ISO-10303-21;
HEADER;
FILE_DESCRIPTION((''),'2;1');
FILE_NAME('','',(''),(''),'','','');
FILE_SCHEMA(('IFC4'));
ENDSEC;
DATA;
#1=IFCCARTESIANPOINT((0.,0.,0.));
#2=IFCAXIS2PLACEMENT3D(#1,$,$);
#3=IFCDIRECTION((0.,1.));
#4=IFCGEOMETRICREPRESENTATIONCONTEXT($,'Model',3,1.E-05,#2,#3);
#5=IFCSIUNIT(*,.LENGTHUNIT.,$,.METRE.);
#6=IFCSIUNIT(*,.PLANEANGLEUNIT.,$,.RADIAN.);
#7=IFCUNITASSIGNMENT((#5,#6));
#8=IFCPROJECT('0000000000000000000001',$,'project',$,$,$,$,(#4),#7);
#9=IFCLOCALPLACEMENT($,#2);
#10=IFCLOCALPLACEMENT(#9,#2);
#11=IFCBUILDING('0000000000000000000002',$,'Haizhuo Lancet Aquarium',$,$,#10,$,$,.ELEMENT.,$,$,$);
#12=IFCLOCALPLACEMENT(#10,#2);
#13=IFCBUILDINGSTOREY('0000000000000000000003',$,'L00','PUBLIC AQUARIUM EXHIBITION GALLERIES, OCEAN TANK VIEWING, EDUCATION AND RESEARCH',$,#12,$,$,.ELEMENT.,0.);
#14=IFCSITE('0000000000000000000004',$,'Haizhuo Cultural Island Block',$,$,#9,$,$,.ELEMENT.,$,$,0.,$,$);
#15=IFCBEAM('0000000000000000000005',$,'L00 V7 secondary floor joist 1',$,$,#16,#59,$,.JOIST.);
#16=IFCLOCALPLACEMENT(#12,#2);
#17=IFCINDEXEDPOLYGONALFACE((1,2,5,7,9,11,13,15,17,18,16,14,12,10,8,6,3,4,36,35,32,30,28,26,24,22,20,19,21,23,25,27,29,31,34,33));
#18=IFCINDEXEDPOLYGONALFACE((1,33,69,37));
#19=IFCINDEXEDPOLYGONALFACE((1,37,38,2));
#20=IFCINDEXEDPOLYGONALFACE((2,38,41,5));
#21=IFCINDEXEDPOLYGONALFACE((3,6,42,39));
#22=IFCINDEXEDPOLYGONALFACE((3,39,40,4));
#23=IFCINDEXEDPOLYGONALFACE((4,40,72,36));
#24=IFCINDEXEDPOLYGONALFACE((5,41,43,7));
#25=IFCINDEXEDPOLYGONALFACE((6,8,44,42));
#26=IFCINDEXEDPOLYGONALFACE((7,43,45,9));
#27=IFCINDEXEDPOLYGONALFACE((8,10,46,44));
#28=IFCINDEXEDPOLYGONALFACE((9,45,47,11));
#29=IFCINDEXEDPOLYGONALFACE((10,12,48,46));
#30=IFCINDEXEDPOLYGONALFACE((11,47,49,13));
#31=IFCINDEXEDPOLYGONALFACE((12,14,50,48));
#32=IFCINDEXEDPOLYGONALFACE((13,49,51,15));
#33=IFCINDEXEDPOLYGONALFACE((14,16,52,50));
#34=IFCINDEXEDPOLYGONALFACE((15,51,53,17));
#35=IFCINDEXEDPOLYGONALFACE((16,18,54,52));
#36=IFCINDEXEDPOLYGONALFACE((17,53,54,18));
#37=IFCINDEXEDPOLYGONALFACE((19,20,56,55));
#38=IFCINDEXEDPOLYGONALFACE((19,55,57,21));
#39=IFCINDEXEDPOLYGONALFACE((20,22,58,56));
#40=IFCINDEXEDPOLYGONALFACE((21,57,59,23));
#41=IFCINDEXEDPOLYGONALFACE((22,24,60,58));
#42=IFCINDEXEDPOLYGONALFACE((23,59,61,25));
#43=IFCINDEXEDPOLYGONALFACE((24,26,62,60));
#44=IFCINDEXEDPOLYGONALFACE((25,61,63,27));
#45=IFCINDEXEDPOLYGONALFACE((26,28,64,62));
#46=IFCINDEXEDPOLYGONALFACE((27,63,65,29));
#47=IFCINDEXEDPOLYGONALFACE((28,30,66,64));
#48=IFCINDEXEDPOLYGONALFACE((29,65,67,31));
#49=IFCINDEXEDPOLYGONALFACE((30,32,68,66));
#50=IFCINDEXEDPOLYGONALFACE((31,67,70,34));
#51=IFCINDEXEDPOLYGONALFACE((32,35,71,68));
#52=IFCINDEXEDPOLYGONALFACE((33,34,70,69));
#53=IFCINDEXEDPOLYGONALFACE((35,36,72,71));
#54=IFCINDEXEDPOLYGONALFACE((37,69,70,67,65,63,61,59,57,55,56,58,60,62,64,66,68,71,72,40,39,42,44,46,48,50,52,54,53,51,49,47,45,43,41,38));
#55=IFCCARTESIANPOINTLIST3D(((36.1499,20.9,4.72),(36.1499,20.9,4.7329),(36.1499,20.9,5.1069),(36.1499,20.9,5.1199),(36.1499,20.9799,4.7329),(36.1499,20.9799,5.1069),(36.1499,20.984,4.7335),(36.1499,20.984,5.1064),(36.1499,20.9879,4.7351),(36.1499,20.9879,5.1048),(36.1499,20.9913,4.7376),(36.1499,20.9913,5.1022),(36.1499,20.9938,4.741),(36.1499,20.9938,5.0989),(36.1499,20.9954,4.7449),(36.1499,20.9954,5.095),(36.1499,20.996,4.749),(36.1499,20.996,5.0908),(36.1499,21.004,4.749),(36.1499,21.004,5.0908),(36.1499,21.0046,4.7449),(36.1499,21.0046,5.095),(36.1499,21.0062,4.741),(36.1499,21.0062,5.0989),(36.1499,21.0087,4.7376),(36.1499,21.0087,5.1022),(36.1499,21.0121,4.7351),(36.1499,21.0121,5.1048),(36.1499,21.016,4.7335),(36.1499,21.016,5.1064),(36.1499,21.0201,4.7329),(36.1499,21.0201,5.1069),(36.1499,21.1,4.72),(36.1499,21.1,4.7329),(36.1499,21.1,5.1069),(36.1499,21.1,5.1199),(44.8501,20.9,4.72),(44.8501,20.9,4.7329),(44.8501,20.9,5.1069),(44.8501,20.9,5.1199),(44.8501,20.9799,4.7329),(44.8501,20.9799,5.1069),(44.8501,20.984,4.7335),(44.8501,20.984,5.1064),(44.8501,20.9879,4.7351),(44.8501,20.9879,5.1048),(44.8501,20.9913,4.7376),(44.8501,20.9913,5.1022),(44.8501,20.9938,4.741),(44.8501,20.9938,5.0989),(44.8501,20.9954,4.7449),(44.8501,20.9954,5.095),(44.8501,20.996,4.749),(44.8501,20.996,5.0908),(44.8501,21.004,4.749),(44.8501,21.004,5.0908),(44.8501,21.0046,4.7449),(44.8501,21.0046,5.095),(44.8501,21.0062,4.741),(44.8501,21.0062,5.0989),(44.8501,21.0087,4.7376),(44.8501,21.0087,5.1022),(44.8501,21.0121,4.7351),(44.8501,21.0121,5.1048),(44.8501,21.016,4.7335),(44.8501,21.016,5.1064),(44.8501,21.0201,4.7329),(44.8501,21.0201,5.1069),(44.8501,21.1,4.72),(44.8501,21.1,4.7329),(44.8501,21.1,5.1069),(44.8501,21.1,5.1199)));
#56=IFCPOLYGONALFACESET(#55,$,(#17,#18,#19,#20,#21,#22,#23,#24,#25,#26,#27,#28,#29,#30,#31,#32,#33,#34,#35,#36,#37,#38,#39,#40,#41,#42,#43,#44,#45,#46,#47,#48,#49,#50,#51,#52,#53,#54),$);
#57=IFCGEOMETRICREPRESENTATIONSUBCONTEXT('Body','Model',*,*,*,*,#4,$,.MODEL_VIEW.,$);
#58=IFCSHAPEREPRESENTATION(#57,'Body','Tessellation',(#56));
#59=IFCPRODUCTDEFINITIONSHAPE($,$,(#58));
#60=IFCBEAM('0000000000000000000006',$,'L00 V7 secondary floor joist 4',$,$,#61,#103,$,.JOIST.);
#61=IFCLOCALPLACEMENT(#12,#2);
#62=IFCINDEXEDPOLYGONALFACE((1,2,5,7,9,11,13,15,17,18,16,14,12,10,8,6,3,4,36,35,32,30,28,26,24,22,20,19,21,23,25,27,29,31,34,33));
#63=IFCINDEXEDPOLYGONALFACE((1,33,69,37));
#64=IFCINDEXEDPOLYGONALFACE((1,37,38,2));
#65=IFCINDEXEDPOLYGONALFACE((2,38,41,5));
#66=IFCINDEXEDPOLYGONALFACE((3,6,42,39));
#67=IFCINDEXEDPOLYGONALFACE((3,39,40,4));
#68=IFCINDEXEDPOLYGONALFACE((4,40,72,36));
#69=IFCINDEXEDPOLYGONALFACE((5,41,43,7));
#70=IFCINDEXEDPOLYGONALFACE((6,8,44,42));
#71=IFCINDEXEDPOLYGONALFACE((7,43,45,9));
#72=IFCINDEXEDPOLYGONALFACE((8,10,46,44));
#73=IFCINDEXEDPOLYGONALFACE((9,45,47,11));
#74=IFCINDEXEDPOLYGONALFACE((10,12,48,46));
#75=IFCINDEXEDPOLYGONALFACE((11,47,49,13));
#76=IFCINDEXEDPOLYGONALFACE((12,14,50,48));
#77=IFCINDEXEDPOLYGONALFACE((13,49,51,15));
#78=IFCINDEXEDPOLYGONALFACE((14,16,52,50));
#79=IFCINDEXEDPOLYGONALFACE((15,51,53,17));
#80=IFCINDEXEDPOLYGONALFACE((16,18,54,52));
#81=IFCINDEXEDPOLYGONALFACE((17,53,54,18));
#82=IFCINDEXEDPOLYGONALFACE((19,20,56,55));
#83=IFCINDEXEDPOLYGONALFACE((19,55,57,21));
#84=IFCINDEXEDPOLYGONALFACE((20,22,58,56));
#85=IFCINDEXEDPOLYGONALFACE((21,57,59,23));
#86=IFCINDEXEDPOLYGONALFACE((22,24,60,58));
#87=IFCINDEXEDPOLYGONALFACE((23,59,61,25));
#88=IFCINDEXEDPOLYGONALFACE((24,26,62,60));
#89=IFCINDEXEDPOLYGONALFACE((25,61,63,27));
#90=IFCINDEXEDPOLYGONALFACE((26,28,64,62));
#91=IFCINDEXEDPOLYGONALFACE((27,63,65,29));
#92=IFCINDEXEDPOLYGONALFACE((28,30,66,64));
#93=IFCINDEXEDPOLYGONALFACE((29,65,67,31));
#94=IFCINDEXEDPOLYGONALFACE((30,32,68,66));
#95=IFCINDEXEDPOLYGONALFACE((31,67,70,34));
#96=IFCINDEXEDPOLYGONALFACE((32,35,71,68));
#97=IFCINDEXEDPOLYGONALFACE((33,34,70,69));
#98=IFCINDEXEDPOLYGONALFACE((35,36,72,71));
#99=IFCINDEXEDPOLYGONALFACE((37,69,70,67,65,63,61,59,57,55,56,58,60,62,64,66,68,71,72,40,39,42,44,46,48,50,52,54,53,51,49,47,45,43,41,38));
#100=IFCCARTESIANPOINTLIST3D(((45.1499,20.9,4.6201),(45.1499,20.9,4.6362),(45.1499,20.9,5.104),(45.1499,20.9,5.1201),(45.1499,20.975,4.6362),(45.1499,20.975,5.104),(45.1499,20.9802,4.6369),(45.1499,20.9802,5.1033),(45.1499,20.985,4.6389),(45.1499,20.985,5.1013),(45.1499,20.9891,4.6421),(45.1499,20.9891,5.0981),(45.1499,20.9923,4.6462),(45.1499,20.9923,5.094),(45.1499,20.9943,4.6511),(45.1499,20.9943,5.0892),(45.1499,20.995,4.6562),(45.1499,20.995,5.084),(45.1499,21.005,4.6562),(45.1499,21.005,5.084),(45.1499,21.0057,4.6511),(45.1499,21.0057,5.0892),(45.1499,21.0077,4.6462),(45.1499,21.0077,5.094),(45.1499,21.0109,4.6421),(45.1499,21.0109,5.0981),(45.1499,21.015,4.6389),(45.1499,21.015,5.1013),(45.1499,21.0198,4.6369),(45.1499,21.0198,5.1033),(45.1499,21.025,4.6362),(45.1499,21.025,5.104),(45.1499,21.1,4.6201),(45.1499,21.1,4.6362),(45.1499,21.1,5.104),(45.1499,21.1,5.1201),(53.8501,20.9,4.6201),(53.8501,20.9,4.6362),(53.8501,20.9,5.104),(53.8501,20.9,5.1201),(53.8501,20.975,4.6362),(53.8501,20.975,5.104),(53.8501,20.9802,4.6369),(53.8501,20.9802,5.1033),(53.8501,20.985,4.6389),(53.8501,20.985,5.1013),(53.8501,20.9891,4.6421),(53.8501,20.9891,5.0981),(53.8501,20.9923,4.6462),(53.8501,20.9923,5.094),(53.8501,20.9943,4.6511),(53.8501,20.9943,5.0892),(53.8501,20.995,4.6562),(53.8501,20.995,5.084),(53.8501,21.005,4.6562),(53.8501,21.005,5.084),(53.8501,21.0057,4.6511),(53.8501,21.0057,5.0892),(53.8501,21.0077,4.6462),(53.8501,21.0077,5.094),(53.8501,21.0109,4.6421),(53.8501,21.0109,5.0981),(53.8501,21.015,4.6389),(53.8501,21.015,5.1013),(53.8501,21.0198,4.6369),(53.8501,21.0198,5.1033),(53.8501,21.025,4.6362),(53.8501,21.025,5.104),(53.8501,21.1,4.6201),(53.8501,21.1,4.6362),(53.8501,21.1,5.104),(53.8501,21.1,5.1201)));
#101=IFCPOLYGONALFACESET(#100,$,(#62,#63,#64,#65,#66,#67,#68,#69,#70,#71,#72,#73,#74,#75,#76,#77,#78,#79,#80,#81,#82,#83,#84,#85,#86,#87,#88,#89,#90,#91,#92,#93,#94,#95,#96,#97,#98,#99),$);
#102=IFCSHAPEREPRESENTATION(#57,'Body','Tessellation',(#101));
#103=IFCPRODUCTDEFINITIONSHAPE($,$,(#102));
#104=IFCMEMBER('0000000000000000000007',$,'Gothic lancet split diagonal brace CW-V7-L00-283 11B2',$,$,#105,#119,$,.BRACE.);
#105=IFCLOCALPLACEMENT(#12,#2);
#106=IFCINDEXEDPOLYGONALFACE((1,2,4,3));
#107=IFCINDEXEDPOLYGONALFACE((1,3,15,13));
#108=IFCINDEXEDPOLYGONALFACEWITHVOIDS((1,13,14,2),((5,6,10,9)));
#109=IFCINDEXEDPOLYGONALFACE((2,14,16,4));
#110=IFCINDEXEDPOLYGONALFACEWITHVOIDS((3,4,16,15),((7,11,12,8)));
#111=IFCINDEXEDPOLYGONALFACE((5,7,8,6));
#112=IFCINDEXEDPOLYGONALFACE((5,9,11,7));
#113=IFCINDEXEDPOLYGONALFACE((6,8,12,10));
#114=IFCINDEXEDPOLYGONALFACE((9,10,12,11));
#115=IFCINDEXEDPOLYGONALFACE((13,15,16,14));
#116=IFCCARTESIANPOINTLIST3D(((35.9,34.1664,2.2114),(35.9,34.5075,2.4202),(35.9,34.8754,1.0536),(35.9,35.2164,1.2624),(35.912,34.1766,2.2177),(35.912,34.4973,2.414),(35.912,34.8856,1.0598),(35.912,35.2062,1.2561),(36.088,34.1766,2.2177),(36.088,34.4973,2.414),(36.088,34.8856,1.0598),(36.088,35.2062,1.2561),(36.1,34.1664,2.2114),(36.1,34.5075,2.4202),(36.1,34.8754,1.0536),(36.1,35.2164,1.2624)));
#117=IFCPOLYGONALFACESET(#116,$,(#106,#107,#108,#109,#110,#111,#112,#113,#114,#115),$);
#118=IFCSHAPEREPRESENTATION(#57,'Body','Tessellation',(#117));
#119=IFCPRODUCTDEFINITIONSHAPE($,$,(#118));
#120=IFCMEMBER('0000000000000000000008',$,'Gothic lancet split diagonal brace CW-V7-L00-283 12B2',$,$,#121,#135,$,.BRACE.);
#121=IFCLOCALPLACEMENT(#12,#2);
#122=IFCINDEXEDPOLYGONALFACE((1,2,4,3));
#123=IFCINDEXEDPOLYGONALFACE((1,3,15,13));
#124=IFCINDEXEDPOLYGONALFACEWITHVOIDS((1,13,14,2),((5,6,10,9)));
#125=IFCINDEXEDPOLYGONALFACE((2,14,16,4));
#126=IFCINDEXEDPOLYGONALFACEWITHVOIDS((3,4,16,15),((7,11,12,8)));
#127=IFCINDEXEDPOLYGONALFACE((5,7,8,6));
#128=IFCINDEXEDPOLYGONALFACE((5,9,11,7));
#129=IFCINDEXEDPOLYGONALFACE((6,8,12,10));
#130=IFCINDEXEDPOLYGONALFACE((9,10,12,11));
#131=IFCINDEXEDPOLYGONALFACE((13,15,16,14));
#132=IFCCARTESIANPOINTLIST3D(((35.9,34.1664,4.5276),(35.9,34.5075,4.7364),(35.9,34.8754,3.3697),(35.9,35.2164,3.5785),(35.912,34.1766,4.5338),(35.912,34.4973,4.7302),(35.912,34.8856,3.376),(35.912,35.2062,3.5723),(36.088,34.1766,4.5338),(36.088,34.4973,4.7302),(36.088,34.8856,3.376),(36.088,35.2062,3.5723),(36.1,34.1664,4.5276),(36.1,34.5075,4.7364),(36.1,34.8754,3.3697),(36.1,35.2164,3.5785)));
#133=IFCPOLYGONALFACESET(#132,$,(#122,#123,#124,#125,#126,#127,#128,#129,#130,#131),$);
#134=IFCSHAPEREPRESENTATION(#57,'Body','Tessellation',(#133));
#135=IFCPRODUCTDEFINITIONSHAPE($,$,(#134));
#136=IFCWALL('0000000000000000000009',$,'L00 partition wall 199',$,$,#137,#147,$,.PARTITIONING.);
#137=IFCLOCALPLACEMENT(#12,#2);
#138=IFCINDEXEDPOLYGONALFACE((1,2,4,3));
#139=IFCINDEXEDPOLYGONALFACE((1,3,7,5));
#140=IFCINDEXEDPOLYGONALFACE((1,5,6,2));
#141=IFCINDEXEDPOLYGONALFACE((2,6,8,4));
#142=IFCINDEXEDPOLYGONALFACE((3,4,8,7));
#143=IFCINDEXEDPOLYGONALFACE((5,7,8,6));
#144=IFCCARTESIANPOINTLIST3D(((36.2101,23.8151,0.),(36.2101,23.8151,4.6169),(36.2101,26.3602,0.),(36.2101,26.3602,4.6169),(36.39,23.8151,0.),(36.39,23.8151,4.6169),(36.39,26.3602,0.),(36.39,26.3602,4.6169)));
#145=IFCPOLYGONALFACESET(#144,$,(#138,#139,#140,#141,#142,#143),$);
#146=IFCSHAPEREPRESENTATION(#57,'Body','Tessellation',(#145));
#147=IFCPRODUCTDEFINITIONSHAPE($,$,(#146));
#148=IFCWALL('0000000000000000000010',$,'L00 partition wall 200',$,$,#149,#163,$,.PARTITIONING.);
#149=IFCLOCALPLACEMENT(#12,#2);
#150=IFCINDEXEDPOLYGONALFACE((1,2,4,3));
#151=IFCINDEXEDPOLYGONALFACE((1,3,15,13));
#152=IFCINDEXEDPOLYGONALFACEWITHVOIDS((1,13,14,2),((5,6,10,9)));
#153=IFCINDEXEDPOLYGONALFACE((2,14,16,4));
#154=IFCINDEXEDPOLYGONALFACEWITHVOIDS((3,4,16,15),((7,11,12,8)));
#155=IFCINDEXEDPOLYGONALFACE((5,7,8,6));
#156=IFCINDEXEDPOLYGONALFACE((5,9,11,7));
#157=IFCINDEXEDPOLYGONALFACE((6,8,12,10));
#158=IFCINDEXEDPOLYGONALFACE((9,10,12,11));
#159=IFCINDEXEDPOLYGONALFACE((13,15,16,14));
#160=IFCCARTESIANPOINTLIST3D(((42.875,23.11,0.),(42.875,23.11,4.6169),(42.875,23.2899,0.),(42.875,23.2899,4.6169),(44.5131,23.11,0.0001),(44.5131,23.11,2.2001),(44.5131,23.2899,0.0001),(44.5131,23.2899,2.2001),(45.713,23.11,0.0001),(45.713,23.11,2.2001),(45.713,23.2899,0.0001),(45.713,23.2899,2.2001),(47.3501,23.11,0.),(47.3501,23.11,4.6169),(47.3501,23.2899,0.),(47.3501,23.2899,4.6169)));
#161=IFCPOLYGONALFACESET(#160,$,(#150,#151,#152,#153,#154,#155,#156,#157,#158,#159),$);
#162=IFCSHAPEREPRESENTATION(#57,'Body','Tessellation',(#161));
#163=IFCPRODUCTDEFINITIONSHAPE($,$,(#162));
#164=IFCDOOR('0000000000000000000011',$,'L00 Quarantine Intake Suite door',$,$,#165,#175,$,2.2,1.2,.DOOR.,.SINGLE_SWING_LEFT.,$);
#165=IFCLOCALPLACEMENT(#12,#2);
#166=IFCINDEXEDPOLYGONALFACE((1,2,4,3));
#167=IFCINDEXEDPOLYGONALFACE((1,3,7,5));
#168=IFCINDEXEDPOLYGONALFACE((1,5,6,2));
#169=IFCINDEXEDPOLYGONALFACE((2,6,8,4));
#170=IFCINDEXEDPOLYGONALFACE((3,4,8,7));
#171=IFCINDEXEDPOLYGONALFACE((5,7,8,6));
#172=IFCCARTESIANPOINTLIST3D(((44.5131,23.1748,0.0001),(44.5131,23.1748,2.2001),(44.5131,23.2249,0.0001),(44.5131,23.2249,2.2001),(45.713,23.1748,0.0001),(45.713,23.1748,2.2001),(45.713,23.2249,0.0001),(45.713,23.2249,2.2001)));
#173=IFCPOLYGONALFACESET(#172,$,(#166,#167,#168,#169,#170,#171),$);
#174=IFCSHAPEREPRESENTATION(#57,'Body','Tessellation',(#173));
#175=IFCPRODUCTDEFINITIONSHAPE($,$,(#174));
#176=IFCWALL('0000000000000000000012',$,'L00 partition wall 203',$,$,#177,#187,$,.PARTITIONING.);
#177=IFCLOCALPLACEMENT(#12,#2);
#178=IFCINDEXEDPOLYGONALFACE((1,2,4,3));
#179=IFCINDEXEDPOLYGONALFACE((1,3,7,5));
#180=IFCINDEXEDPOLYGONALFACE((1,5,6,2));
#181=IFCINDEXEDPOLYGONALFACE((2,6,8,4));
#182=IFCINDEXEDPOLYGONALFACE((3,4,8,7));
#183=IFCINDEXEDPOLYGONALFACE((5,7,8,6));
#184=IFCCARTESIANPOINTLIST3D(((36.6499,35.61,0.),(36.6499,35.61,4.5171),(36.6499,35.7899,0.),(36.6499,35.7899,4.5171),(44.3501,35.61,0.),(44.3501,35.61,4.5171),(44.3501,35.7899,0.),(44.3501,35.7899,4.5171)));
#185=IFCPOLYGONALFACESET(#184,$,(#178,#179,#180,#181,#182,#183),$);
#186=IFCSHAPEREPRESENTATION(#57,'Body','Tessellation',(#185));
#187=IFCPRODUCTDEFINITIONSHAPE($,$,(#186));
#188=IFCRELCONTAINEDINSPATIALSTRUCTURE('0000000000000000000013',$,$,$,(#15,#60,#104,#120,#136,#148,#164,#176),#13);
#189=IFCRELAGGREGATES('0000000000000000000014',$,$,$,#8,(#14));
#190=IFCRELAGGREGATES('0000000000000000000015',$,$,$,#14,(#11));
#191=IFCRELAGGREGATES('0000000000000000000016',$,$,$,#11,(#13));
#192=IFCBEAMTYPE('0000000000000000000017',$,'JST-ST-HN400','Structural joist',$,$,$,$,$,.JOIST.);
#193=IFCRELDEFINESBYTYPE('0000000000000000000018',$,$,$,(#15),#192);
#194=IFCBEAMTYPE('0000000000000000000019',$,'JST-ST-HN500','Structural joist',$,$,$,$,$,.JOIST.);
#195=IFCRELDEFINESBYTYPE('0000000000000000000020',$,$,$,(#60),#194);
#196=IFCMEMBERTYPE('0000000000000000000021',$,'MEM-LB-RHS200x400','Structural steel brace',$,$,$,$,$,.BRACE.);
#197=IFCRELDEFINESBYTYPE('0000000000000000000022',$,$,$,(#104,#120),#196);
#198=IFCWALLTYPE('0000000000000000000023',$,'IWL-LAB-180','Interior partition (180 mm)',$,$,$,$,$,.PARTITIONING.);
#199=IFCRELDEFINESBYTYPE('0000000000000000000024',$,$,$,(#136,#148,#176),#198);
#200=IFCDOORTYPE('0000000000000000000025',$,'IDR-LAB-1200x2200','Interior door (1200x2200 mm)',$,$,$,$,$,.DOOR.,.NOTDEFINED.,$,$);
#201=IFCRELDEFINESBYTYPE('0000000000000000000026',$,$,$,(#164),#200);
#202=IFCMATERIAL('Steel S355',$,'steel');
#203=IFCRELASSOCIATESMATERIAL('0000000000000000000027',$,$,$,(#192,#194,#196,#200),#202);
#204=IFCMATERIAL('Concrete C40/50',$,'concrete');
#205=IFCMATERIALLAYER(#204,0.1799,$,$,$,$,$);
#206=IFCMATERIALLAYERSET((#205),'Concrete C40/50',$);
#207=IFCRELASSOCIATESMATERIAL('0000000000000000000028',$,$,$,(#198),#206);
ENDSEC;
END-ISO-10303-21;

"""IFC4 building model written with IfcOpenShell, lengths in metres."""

from ifc_helpers import new_model, si_unit, direction, frame, frame_2d, origin, origin_2d, place, context, subcontext, project, spatial, rectangle, hollow_rectangle, i_section, extrude, material, layer, layer_set, material_profile, profile_set, type_object, element, fill, save


model = new_model("IFC4")

# Units and contexts
model_context = context("Model", 3, precision=1e-05, world=origin(), true_north=direction((0.0, 1.0)))
body_context = subcontext(model_context, "Body", "Model", "MODEL_VIEW")
ifc_project = project(units=[si_unit("LENGTHUNIT", "METRE"), si_unit("PLANEANGLEUNIT", "RADIAN")], contexts=[model_context])

# Site, building, storey
site_placement = place(None, origin())
site = spatial("IfcSite", under=ifc_project, at=site_placement, Name="Haizhuo Cultural Island Block", CompositionType="ELEMENT", RefElevation=0.0)
building_placement = place(site_placement, origin())
building = spatial("IfcBuilding", under=site, at=building_placement, Name="Haizhuo Lancet Aquarium", CompositionType="ELEMENT")
storey_placement = place(building_placement, origin())
storey = spatial("IfcBuildingStorey", under=building, at=storey_placement, Name="L00", Description="PUBLIC AQUARIUM EXHIBITION GALLERIES, OCEAN TANK VIEWING, EDUCATION AND RESEARCH", CompositionType="ELEMENT", Elevation=0.0)

# Shared definitions
ifc_material_1 = material(Name="Steel S355", Category="steel")

# Beams
ifc_material_profile_1 = material_profile(ifc_material_1, i_section(OverallWidth=0.2, OverallDepth=0.3999, WebThickness=0.0081, FlangeThickness=0.0129, FilletRadius=0.0161, at=origin_2d()), Name="HN 400x200x8x13")
ifc_profile_set_1 = profile_set([ifc_material_profile_1], Name="Steel S355")
beam_type_1 = type_object("IfcBeamType", Name="JST-ST-HN400", Description="Structural joist", PredefinedType="JOIST", material=ifc_profile_set_1)
beam_1_placement = place(storey_placement, frame((36.1499, 21.0, 4.9199), z_axis=(1.0, 0.0, 0.0), x_axis=(0.0, 1.0, 0.0)))
element("IfcBeam", 1, at=beam_1_placement, inside=storey, type_object=beam_type_1, Name="L00 V7 secondary floor joist 1", PredefinedType="JOIST", context=body_context, shape_type="SweptSolid", body=[
    extrude(i_section(OverallWidth=0.2, OverallDepth=0.3999, WebThickness=0.0081, FlangeThickness=0.0129, FilletRadius=0.0161, at=origin_2d()), origin(), (0.0, 0.0, 1.0), 8.7002),
])
ifc_material_profile_2 = material_profile(ifc_material_1, i_section(OverallWidth=0.2, OverallDepth=0.5, WebThickness=0.01, FlangeThickness=0.0161, FilletRadius=0.02, at=origin_2d()), Name="HN 500x200x10x16")
ifc_profile_set_2 = profile_set([ifc_material_profile_2], Name="Steel S355")
beam_type_2 = type_object("IfcBeamType", Name="JST-ST-HN500", Description="Structural joist", PredefinedType="JOIST", material=ifc_profile_set_2)
beam_2_placement = place(storey_placement, frame((45.1499, 21.0, 4.8701), z_axis=(1.0, 0.0, 0.0), x_axis=(0.0, 1.0, 0.0)))
element("IfcBeam", 2, at=beam_2_placement, inside=storey, type_object=beam_type_2, Name="L00 V7 secondary floor joist 4", PredefinedType="JOIST", context=body_context, shape_type="SweptSolid", body=[
    extrude(i_section(OverallWidth=0.2, OverallDepth=0.5, WebThickness=0.01, FlangeThickness=0.0161, FilletRadius=0.02, at=origin_2d()), origin(), (0.0, 0.0, 1.0), 8.7002),
])

# Members
ifc_material_profile_3 = material_profile(ifc_material_1, hollow_rectangle(XDim=0.2, YDim=0.3999, WallThickness=0.012, at=origin_2d()), Name="RHS 200x400x12")
ifc_profile_set_3 = profile_set([ifc_material_profile_3], Name="Steel S355")
member_type = type_object("IfcMemberType", Name="MEM-LB-RHS200x400", Description="Structural steel brace", PredefinedType="BRACE", material=ifc_profile_set_3)
for number, where, z_axis, x_axis, name in (
    (3, (36.0, 35.0459, 1.158), (0.0, -0.52217, 0.852841), (1.0, 0.0, 0.0), "Gothic lancet split diagonal brace CW-V7-L00-283 11B2"),
    (4, (36.0, 35.0459, 3.4741), (0.0, -0.52217, 0.852841), (1.0, 0.0, 0.0), "Gothic lancet split diagonal brace CW-V7-L00-283 12B2"),
):
    element("IfcMember", number, at=place(storey_placement, frame(where, z_axis=z_axis, x_axis=x_axis)), inside=storey, type_object=member_type, Name=name, PredefinedType="BRACE", context=body_context, shape_type="SweptSolid", body=[
        extrude(hollow_rectangle(XDim=0.2, YDim=0.3999, WallThickness=0.012, at=origin_2d()), origin(), (0.0, 0.0, 1.0), 1.3577),
    ])

# Wall
ifc_material_2 = material(Name="Concrete C40/50", Category="concrete")
ifc_layer_1 = layer(ifc_material_2, 0.1799)
ifc_layer_set_1 = layer_set([ifc_layer_1], Name="Concrete C40/50")
wall_type_1 = type_object("IfcWallType", Name="IWL-LAB-180", Description="Interior partition (180 mm)", PredefinedType="PARTITIONING", material=ifc_layer_set_1)
wall_1_placement = place(storey_placement, frame((36.3, 26.3601, 0.0), z_axis=(0.0, 0.0, 1.0), x_axis=(0.0, -1.0, 0.0)))
element("IfcWall", 5, at=wall_1_placement, inside=storey, type_object=wall_type_1, Name="L00 partition wall 199", PredefinedType="PARTITIONING", context=body_context, shape_type="SweptSolid", body=[
    extrude(rectangle(XDim=2.5452, YDim=0.1799, at=frame_2d((1.2725, 0.0))), origin(), (0.0, 0.0, 1.0), 4.6169),
])

# Wall, opening, door
wall_2_placement = place(storey_placement, frame((42.875, 23.2, 0.0), z_axis=(0.0, 0.0, 1.0), x_axis=(1.0, 0.0, 0.0)))
wall_2 = element("IfcWall", 6, at=wall_2_placement, inside=storey, type_object=wall_type_1, Name="L00 partition wall 200", PredefinedType="PARTITIONING", context=body_context, shape_type="SweptSolid", body=[
    extrude(rectangle(XDim=4.4751, YDim=0.1799, at=frame_2d((2.2375, 0.0))), origin(), (0.0, 0.0, 1.0), 4.6169),
])
opening_1_placement = place(wall_2_placement, frame((1.6379, 0.0, 0.0)))
opening_1 = element("IfcOpeningElement", 7, at=opening_1_placement, cuts=wall_2, PredefinedType="OPENING", context=body_context, shape_type="SweptSolid", body=[
    extrude(rectangle(XDim=1.2, YDim=2.2, at=frame_2d((0.6001, 1.1001))), frame((0.0, 0.0999, 0.0), z_axis=(0.0, -1.0, 0.0), x_axis=(1.0, 0.0, 0.0)), (0.0, 0.0, 1.0), 0.1999),
])
door_type_1 = type_object("IfcDoorType", Name="IDR-LAB-1200x2200", Description="Interior door (1200x2200 mm)", OperationType="NOTDEFINED", PredefinedType="DOOR", material=ifc_material_1)
door_1_placement = place(opening_1_placement, origin())
door_1 = element("IfcDoor", 8, at=door_1_placement, inside=storey, type_object=door_type_1, Name="L00 Quarantine Intake Suite door", OperationType="SINGLE_SWING_LEFT", OverallHeight=2.2, OverallWidth=1.2, PredefinedType="DOOR", context=body_context, shape_type="SweptSolid", body=[
    extrude(rectangle(XDim=1.2, YDim=2.2, at=frame_2d((0.6001, 1.1001))), frame((0.0, 0.0249, 0.0), z_axis=(0.0, -1.0, 0.0), x_axis=(1.0, 0.0, 0.0)), (0.0, 0.0, 1.0), 0.05),
])
fill(opening_1, door_1)

# Wall
wall_3_placement = place(storey_placement, frame((44.3501, 35.7, 0.0), z_axis=(0.0, 0.0, 1.0), x_axis=(-1.0, 0.0, 0.0)))
element("IfcWall", 9, at=wall_3_placement, inside=storey, type_object=wall_type_1, Name="L00 partition wall 203", PredefinedType="PARTITIONING", context=body_context, shape_type="SweptSolid", body=[
    extrude(rectangle(XDim=7.7002, YDim=0.1799, at=frame_2d((3.8501, 0.0))), origin(), (0.0, 0.0, 1.0), 4.5171),
])

save(model, "model.ifc")
